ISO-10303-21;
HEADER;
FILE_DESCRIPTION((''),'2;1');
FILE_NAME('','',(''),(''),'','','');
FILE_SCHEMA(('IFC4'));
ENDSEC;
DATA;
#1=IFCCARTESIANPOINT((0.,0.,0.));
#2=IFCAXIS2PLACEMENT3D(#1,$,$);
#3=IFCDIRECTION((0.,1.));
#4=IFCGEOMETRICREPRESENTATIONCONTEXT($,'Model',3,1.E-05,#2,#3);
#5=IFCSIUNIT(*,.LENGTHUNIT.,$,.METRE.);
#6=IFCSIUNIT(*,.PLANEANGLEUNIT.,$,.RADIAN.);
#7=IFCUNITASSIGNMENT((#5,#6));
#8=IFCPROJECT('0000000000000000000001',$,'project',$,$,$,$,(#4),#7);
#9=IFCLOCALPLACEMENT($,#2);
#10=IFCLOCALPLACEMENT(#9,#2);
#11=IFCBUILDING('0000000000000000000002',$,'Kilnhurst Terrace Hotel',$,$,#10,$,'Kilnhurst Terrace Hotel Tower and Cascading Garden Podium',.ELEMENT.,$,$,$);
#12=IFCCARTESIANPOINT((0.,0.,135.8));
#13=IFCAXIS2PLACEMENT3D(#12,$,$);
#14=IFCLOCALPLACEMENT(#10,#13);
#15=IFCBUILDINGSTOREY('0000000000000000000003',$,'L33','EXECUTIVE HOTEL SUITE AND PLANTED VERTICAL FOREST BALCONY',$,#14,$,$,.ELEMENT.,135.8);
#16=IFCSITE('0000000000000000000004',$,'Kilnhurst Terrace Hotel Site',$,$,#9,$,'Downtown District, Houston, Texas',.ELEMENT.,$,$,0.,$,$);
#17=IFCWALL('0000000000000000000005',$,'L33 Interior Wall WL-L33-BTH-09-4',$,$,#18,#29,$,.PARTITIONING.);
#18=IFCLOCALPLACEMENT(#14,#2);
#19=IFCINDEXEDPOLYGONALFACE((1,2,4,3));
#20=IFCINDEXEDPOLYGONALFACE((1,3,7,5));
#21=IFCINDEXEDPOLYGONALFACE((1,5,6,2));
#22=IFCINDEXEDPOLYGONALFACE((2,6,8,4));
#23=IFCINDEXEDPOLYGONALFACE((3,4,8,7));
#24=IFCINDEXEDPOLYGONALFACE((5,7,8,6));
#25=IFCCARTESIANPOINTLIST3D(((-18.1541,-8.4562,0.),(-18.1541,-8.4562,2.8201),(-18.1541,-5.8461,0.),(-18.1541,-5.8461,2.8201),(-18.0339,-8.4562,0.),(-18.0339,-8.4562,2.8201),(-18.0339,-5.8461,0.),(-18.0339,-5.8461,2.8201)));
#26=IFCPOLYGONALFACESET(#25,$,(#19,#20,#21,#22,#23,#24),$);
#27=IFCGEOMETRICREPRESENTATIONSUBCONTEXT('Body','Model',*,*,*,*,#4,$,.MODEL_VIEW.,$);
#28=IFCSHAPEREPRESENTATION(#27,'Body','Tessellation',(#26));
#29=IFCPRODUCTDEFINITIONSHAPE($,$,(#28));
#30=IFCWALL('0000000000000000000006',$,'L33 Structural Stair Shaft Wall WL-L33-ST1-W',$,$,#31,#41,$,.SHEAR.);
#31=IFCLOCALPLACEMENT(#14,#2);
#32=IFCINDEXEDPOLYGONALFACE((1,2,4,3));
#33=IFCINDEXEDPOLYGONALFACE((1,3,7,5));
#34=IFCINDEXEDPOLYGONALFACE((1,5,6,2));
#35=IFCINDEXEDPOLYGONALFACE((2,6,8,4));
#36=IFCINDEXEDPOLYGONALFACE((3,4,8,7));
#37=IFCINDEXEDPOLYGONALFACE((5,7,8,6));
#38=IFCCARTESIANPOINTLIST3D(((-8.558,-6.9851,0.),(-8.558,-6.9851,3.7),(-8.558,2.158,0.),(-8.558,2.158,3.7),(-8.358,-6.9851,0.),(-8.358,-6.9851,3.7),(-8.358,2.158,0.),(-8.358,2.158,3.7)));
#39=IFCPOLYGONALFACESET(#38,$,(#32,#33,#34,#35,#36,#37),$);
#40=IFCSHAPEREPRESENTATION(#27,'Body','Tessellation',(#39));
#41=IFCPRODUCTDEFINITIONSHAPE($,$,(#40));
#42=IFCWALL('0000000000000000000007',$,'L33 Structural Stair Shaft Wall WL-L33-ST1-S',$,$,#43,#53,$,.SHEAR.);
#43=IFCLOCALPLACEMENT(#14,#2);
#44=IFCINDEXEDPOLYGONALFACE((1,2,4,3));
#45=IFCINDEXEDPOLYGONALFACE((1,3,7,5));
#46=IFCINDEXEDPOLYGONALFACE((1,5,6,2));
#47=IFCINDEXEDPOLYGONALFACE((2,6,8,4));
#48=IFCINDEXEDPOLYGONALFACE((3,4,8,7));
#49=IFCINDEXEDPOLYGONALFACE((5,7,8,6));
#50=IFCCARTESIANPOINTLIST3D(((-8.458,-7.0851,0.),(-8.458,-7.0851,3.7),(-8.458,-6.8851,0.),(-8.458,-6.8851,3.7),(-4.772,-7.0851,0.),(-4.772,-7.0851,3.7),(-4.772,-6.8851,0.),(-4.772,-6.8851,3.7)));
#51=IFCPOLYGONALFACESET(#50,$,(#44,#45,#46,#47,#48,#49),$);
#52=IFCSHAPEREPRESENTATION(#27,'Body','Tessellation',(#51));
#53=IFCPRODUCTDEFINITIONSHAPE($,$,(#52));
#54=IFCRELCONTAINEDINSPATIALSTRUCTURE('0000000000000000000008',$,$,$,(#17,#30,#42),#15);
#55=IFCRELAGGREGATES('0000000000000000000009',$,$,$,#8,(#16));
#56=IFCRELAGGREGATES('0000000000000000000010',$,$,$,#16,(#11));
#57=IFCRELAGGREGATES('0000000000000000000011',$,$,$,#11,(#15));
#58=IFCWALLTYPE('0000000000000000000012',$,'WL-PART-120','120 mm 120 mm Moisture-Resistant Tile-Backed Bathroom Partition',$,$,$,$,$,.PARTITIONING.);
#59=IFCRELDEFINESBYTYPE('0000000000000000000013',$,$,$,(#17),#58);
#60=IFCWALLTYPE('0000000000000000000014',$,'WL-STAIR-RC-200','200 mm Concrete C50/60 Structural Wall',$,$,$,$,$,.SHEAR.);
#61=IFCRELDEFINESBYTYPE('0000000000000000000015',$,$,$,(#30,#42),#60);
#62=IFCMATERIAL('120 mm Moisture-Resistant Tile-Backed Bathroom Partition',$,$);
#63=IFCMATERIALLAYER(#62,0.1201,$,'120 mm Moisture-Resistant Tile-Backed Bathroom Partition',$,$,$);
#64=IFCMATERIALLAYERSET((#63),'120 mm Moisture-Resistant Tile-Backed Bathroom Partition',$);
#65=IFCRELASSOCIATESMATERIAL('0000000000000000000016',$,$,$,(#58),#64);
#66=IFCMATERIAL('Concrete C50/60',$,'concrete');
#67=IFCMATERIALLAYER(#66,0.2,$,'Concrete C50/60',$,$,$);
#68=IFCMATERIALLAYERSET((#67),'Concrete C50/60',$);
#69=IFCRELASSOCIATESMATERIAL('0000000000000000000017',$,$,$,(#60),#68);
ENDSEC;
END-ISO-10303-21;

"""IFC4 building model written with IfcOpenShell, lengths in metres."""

from ifc_helpers import new_model, si_unit, direction, frame, frame_2d, origin, place, context, subcontext, project, spatial, rectangle, extrude, material, layer, layer_set, type_object, element, save


model = new_model("IFC4")

# Units and contexts
model_context = context("Model", 3, precision=1e-05, world=origin(), true_north=direction((0.0, 1.0)))
body_context = subcontext(model_context, "Body", "Model", "MODEL_VIEW")
ifc_project = project(units=[si_unit("LENGTHUNIT", "METRE"), si_unit("PLANEANGLEUNIT", "RADIAN")], contexts=[model_context])

# Site, building, storey
site_placement = place(None, origin())
site = spatial("IfcSite", under=ifc_project, at=site_placement, Name="Kilnhurst Terrace Hotel Site", LongName="Downtown District, Houston, Texas", CompositionType="ELEMENT", RefElevation=0.0)
building_placement = place(site_placement, origin())
building = spatial("IfcBuilding", under=site, at=building_placement, Name="Kilnhurst Terrace Hotel", LongName="Kilnhurst Terrace Hotel Tower and Cascading Garden Podium", CompositionType="ELEMENT")
storey_placement = place(building_placement, frame((0.0, 0.0, 135.8)))
storey = spatial("IfcBuildingStorey", under=building, at=storey_placement, Name="L33", Description="EXECUTIVE HOTEL SUITE AND PLANTED VERTICAL FOREST BALCONY", CompositionType="ELEMENT", Elevation=135.8)

# Shared definitions
ifc_material_1 = material(Name="Concrete C50/60", Category="concrete")

# Shared definitions
ifc_material_2 = material(Name="120 mm Moisture-Resistant Tile-Backed Bathroom Partition")
ifc_layer_1 = layer(ifc_material_2, 0.1201, Name="120 mm Moisture-Resistant Tile-Backed Bathroom Partition")
ifc_layer_set_1 = layer_set([ifc_layer_1], Name="120 mm Moisture-Resistant Tile-Backed Bathroom Partition")
wall_type_1 = type_object("IfcWallType", Name="WL-PART-120", Description="120 mm 120 mm Moisture-Resistant Tile-Backed Bathroom Partition", PredefinedType="PARTITIONING", material=ifc_layer_set_1)

# Walls
wall_1_placement = place(storey_placement, frame((-18.094, -5.8459, 0.0), z_axis=(0.0, 0.0, 1.0), x_axis=(0.0, -1.0, 0.0)))
element("IfcWall", 1, at=wall_1_placement, inside=storey, type_object=wall_type_1, Name="L33 Interior Wall WL-L33-BTH-09-4", PredefinedType="PARTITIONING", context=body_context, shape_type="SweptSolid", body=[
    extrude(rectangle(XDim=2.6101, YDim=0.1201, at=frame_2d((1.3052, 0.0))), origin(), (0.0, 0.0, 1.0), 2.8201),
])
ifc_layer_2 = layer(ifc_material_1, 0.2, Name="Concrete C50/60")
ifc_layer_set_2 = layer_set([ifc_layer_2], Name="Concrete C50/60")
wall_type_2 = type_object("IfcWallType", Name="WL-STAIR-RC-200", Description="200 mm Concrete C50/60 Structural Wall", PredefinedType="SHEAR", material=ifc_layer_set_2)
wall_2_placement = place(storey_placement, frame((-8.458, -6.9851, 0.0), z_axis=(0.0, 0.0, 1.0), x_axis=(0.0, 1.0, 0.0)))
element("IfcWall", 2, at=wall_2_placement, inside=storey, type_object=wall_type_2, Name="L33 Structural Stair Shaft Wall WL-L33-ST1-W", PredefinedType="SHEAR", context=body_context, shape_type="SweptSolid", body=[
    extrude(rectangle(XDim=9.1431, YDim=0.2, at=frame_2d((4.5715, 0.0))), origin(), (0.0, 0.0, 1.0), 3.7),
])
wall_3_placement = place(storey_placement, frame((-8.458, -6.9851, 0.0), z_axis=(0.0, 0.0, 1.0), x_axis=(1.0, 0.0, 0.0)))
element("IfcWall", 3, at=wall_3_placement, inside=storey, type_object=wall_type_2, Name="L33 Structural Stair Shaft Wall WL-L33-ST1-S", PredefinedType="SHEAR", context=body_context, shape_type="SweptSolid", body=[
    extrude(rectangle(XDim=3.686, YDim=0.2, at=frame_2d((1.843, 0.0))), origin(), (0.0, 0.0, 1.0), 3.7),
])

save(model, "model.ifc")
